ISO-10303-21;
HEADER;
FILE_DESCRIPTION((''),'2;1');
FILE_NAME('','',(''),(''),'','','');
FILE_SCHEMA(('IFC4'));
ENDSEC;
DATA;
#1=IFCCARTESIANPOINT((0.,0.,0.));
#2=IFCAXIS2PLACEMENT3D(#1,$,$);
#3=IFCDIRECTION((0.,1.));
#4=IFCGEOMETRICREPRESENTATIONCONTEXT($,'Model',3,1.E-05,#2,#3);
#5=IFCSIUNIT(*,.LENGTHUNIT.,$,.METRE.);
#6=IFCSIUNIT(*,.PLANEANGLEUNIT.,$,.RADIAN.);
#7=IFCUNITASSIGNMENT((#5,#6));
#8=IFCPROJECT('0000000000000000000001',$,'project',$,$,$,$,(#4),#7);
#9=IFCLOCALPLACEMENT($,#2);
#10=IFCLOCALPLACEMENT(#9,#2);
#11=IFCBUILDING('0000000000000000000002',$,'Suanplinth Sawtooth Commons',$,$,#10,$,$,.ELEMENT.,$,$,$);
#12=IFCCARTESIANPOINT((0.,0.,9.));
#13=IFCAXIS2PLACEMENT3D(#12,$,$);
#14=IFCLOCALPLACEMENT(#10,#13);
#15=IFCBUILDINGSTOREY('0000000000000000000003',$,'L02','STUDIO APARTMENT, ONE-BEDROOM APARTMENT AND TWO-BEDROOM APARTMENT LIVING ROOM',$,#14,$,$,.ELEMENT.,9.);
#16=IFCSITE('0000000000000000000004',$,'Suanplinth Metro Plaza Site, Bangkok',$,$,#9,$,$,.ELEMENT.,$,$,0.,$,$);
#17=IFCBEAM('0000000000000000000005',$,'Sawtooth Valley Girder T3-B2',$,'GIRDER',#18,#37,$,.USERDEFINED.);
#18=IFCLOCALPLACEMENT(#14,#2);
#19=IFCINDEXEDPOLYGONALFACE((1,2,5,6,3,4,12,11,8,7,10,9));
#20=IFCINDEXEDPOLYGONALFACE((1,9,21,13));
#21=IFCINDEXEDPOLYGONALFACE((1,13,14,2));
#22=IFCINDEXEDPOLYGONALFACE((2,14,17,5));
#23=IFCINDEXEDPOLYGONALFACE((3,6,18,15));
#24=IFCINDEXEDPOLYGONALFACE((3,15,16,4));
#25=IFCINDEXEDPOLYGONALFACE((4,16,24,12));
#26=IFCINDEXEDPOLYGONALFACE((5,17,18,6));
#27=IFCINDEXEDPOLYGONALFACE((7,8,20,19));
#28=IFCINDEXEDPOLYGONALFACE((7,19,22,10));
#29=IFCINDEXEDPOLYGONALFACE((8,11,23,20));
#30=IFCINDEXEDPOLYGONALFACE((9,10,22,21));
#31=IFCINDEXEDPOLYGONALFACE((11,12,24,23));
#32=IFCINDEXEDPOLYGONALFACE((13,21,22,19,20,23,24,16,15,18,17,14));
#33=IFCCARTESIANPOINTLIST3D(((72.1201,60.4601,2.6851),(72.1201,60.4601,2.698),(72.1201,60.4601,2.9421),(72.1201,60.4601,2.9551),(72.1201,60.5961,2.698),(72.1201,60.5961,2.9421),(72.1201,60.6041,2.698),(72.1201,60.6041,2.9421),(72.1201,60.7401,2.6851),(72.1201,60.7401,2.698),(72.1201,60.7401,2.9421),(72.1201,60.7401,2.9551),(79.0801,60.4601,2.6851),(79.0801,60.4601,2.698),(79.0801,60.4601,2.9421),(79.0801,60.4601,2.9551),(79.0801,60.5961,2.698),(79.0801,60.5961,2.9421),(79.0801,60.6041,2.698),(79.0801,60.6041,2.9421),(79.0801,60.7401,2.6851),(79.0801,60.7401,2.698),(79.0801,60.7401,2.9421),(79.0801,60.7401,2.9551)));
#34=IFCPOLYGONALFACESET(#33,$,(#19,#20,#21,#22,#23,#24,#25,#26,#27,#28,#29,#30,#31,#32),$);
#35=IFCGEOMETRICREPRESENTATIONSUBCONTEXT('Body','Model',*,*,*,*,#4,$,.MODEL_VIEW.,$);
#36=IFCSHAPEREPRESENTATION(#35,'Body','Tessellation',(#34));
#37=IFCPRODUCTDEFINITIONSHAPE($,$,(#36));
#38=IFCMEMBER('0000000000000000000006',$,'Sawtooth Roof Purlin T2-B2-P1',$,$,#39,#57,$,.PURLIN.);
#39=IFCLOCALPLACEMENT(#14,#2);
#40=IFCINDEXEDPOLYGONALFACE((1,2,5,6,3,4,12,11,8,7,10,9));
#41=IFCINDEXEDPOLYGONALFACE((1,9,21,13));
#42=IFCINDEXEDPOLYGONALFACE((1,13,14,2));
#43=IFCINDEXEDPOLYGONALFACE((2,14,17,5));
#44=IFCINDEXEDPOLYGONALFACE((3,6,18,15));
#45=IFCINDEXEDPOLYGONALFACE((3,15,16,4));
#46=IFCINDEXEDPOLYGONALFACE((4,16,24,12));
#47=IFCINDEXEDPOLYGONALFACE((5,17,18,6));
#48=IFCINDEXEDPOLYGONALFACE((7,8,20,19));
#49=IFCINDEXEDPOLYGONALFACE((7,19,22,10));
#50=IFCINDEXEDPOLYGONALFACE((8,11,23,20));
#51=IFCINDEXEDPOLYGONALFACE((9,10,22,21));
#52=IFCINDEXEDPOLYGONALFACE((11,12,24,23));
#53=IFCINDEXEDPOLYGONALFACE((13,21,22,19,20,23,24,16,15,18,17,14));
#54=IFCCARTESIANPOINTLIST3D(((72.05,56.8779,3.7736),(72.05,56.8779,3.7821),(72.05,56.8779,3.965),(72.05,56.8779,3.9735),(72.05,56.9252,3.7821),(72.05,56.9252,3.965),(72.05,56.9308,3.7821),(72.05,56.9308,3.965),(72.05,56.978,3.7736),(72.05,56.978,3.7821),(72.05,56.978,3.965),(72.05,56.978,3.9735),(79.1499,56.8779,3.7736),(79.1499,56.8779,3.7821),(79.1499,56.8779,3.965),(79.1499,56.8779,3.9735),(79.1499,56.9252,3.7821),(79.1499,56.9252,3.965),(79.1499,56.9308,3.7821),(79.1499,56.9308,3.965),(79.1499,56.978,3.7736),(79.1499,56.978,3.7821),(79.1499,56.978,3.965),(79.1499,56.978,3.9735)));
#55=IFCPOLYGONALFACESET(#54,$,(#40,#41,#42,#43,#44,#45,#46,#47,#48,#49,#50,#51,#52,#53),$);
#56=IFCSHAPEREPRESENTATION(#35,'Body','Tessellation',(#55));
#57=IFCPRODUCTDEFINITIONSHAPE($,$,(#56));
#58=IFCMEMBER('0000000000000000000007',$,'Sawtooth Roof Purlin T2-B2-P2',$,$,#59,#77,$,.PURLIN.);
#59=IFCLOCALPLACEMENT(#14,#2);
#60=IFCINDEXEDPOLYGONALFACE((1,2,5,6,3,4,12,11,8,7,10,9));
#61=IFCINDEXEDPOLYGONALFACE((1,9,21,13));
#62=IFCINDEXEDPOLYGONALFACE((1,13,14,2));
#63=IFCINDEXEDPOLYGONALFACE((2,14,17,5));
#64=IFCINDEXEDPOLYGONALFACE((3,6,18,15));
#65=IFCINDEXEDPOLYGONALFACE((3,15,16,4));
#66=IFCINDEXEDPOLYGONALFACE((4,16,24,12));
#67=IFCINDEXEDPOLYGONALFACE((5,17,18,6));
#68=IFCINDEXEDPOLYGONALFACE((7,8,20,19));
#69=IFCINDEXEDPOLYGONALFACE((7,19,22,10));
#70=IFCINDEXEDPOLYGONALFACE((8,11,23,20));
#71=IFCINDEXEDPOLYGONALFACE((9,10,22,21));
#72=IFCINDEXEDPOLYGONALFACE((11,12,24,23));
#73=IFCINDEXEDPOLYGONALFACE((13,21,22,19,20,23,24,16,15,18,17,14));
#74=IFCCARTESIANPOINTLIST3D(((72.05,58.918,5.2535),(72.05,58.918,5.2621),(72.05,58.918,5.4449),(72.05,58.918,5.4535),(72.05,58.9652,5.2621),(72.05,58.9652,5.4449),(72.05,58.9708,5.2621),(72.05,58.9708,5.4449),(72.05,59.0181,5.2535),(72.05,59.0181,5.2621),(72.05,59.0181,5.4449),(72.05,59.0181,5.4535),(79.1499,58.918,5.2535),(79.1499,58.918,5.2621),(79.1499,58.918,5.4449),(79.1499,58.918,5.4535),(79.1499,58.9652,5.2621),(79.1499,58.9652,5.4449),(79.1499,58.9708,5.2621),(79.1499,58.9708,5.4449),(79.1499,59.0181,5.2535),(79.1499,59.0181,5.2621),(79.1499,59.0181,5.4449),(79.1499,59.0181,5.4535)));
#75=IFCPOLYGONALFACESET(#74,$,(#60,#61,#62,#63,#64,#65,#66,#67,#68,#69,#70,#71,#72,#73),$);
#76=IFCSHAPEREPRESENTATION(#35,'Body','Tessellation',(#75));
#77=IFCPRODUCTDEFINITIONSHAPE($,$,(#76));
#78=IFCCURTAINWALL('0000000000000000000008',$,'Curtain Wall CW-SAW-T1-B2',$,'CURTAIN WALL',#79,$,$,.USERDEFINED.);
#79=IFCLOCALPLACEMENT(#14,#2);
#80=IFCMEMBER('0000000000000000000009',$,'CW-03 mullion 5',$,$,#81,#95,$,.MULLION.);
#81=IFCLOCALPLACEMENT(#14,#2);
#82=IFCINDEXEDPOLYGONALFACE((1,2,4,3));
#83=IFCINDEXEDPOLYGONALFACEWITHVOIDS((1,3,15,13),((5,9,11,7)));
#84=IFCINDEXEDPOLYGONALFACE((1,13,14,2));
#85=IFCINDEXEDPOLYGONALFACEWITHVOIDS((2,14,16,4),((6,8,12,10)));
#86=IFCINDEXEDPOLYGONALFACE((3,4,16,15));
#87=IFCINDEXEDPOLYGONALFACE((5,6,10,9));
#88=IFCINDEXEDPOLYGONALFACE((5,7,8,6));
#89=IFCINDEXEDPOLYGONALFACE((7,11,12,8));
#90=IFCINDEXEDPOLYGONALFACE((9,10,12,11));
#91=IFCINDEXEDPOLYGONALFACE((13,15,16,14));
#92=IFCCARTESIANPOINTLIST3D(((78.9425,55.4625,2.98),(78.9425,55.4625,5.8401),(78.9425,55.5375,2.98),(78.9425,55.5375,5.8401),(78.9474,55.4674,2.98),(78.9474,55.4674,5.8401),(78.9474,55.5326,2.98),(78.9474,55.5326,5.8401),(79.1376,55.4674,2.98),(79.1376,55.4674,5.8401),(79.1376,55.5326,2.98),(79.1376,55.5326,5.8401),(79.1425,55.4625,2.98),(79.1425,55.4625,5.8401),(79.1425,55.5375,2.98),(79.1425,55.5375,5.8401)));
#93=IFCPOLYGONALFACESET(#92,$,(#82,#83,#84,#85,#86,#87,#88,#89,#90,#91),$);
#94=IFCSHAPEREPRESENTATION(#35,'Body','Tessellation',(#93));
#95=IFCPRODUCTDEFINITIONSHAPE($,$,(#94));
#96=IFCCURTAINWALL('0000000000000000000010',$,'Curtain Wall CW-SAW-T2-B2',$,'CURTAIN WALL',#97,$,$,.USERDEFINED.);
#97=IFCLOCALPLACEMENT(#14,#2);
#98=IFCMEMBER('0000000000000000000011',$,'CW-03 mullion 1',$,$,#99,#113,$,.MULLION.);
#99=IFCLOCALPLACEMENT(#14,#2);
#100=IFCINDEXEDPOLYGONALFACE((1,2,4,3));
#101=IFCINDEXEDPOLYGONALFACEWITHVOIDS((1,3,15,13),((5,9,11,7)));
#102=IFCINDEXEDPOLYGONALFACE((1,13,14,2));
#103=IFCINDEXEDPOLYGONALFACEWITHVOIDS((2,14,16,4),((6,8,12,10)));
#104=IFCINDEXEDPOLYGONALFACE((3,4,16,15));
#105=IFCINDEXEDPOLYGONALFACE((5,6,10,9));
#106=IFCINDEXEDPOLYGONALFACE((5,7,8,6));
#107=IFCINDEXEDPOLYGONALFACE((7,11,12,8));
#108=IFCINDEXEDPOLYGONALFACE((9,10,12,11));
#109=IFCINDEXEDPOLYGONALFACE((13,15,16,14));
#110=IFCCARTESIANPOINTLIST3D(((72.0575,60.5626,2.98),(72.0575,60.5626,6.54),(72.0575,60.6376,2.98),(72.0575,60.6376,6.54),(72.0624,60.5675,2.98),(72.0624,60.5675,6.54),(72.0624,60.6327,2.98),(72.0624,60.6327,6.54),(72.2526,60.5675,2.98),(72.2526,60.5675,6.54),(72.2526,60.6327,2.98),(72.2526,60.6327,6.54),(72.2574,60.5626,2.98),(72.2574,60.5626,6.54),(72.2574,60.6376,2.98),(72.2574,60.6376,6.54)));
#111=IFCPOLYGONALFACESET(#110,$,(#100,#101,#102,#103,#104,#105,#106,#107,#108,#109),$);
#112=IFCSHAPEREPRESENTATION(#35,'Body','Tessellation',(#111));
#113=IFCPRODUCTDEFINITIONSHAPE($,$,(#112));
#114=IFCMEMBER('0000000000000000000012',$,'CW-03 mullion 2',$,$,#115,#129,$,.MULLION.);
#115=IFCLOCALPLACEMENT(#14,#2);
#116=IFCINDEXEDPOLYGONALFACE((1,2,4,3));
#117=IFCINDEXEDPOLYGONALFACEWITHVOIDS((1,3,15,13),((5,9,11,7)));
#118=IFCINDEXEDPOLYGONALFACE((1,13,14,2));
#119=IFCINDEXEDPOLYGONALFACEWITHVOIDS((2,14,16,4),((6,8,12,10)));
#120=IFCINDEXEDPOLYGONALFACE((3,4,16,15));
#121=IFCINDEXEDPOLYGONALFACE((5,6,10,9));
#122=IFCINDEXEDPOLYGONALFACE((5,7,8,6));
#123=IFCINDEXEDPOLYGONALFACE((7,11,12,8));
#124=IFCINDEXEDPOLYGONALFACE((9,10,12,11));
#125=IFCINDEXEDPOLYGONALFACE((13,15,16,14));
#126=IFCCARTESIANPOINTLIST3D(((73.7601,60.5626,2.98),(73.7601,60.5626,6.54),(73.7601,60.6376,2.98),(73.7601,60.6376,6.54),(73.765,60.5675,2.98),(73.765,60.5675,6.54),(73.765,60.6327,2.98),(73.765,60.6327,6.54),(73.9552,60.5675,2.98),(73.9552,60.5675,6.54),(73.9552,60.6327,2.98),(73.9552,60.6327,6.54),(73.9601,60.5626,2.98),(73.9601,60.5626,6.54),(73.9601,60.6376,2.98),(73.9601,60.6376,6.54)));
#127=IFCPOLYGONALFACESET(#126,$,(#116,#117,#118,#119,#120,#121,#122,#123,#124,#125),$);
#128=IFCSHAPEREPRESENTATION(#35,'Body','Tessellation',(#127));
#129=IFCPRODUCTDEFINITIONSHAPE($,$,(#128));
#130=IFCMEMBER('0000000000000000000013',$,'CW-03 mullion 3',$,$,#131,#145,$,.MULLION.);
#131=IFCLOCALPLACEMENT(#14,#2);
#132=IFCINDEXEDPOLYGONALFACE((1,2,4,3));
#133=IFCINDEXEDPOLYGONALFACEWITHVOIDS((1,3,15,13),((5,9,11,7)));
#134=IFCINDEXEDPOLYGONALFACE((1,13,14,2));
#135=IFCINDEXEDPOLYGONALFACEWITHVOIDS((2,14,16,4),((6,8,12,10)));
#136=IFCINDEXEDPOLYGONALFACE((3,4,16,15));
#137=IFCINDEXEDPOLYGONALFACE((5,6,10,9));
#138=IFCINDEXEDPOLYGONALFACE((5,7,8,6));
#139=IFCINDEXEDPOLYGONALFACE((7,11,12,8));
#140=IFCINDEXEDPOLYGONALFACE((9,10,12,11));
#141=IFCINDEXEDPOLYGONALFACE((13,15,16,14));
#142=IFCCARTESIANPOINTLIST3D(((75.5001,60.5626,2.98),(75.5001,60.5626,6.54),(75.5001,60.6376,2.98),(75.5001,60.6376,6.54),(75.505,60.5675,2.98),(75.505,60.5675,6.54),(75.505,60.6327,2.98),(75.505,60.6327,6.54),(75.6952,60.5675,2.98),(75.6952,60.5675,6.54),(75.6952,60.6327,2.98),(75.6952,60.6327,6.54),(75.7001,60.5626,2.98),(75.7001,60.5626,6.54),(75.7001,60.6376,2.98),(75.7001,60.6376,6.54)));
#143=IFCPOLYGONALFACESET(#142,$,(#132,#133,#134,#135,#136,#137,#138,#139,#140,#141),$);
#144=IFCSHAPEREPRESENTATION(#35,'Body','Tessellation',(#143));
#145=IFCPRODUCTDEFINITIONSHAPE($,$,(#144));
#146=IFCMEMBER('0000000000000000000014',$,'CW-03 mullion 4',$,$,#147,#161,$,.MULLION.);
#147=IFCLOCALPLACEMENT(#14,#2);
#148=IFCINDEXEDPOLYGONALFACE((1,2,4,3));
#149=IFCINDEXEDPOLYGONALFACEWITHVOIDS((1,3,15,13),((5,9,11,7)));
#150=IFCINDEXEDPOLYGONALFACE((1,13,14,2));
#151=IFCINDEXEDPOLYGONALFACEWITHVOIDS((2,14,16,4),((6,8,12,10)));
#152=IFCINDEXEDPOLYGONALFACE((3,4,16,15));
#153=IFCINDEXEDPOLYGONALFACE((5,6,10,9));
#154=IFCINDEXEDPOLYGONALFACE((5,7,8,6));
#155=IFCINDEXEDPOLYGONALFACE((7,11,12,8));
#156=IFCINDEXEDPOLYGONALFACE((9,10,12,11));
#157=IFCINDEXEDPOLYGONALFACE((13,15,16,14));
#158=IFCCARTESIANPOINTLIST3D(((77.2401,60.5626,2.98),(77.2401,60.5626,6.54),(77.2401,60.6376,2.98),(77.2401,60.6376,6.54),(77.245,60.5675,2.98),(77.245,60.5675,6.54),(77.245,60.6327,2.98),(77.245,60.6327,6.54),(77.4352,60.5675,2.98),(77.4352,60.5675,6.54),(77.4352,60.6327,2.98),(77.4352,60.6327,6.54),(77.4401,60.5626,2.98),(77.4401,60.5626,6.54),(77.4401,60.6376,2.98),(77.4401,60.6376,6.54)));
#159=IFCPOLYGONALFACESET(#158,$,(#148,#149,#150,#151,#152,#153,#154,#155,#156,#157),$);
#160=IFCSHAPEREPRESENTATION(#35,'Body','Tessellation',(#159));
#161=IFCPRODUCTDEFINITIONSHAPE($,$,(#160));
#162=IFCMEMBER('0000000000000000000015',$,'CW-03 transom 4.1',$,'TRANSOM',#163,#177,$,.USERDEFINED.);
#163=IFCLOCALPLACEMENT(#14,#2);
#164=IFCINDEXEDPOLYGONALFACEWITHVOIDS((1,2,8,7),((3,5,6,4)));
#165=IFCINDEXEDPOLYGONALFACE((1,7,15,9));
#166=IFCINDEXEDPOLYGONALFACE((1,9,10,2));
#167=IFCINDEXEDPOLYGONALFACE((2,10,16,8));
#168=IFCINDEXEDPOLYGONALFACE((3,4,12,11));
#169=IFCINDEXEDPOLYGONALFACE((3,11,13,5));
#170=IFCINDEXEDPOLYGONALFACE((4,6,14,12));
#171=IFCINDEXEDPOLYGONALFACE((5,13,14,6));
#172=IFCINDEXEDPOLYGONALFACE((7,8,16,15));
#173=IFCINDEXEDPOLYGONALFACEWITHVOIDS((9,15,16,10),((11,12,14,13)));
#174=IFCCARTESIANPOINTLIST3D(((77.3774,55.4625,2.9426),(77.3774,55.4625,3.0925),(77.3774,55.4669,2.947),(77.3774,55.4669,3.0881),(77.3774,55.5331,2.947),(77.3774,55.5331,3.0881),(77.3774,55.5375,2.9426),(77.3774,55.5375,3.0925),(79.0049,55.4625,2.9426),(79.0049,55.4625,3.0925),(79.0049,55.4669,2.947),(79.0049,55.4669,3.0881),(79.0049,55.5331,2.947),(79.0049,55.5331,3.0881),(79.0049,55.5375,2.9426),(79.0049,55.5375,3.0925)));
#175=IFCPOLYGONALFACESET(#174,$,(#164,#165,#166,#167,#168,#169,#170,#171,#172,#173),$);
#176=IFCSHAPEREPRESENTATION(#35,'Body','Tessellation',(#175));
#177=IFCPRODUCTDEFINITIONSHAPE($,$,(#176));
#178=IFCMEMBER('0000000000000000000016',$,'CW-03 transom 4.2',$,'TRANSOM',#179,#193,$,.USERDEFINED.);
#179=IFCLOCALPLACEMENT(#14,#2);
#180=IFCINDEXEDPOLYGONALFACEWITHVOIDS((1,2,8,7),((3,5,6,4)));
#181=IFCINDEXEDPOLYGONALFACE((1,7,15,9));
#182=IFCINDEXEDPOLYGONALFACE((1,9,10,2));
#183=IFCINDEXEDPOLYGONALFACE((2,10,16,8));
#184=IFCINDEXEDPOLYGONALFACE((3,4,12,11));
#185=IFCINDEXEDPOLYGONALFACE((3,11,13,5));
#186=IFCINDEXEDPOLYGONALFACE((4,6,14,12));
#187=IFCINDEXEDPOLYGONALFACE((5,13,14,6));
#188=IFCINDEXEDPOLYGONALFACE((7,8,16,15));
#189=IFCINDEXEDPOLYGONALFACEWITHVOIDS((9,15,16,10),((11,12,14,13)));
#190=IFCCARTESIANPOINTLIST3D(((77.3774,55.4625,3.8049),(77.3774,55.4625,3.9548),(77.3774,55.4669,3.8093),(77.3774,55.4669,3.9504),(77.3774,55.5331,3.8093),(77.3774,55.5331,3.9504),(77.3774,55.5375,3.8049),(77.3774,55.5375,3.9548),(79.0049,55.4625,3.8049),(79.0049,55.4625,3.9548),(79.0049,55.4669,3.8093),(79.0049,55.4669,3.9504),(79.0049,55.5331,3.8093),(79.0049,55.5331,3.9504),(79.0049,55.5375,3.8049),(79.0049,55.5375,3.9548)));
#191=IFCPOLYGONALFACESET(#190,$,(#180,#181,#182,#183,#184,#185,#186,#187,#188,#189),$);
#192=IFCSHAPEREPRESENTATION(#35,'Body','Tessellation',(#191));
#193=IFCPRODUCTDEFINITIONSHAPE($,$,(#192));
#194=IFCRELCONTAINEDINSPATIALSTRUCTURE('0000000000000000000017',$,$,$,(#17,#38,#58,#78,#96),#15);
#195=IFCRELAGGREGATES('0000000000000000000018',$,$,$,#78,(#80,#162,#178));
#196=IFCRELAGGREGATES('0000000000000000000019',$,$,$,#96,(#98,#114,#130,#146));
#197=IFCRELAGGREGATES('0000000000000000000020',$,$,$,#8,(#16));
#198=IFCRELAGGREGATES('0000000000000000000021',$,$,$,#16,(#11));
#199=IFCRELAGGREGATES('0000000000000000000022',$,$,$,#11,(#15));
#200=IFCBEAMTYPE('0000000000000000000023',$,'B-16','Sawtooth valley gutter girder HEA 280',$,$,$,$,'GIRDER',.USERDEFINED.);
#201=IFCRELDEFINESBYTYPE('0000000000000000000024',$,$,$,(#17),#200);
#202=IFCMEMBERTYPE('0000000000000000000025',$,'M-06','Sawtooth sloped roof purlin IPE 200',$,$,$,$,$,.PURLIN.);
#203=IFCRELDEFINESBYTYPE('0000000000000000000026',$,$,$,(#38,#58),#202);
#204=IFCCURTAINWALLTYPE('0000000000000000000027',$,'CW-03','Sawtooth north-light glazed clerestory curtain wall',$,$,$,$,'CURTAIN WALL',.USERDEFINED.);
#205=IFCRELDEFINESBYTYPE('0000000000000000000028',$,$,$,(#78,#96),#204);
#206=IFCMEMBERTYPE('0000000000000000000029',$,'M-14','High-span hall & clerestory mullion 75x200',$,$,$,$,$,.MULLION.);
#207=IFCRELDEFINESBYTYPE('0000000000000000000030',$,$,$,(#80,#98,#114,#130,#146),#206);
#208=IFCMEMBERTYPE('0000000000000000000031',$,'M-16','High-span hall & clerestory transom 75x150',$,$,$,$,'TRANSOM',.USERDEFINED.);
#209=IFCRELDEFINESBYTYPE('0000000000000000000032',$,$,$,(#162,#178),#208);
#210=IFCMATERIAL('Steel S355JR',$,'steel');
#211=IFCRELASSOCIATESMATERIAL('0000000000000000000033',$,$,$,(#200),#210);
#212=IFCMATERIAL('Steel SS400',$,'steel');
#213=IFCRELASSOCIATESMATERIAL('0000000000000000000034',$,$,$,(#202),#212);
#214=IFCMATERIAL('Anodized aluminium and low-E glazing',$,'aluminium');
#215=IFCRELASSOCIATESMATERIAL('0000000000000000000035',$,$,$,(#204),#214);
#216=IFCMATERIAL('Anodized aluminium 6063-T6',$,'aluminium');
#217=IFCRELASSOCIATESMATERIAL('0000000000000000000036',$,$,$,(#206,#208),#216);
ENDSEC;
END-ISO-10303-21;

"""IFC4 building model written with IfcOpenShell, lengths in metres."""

from ifc_helpers import new_model, si_unit, direction, frame, origin, origin_2d, place, context, subcontext, project, spatial, hollow_rectangle, i_section, extrude, material, material_profile, profile_set, type_object, element, aggregate, save


model = new_model("IFC4")

# Units and contexts
model_context = context("Model", 3, precision=1e-05, world=origin(), true_north=direction((0.0, 1.0)))
body_context = subcontext(model_context, "Body", "Model", "MODEL_VIEW")
ifc_project = project(units=[si_unit("LENGTHUNIT", "METRE"), si_unit("PLANEANGLEUNIT", "RADIAN")], contexts=[model_context])

# Site, building, storey
site_placement = place(None, origin())
site = spatial("IfcSite", under=ifc_project, at=site_placement, Name="Suanplinth Metro Plaza Site, Bangkok", CompositionType="ELEMENT", RefElevation=0.0)
building_placement = place(site_placement, origin())
building = spatial("IfcBuilding", under=site, at=building_placement, Name="Suanplinth Sawtooth Commons", CompositionType="ELEMENT")
storey_placement = place(building_placement, frame((0.0, 0.0, 9.0)))
storey = spatial("IfcBuildingStorey", under=building, at=storey_placement, Name="L02", Description="STUDIO APARTMENT, ONE-BEDROOM APARTMENT AND TWO-BEDROOM APARTMENT LIVING ROOM", CompositionType="ELEMENT", Elevation=9.0)

# Beam
ifc_material_1 = material(Name="Steel S355JR", Category="steel")
ifc_material_profile_1 = material_profile(ifc_material_1, i_section(OverallWidth=0.28, OverallDepth=0.27, WebThickness=0.0081, FlangeThickness=0.0129, at=origin_2d()), Name="HEA 280")
ifc_profile_set_1 = profile_set([ifc_material_profile_1], Name="Steel S355JR")
beam_type = type_object("IfcBeamType", Name="B-16", Description="Sawtooth valley gutter girder HEA 280", ElementType="GIRDER", PredefinedType="USERDEFINED", material=ifc_profile_set_1)
beam_placement = place(storey_placement, frame((72.1201, 60.6001, 2.8201), z_axis=(1.0, 0.0, 0.0), x_axis=(0.0, 1.0, 0.0)))
element("IfcBeam", 1, at=beam_placement, inside=storey, type_object=beam_type, Name="Sawtooth Valley Girder T3-B2", ObjectType="GIRDER", PredefinedType="USERDEFINED", context=body_context, shape_type="SweptSolid", body=[
    extrude(i_section(OverallWidth=0.28, OverallDepth=0.27, WebThickness=0.0081, FlangeThickness=0.0129, at=origin_2d()), origin(), (0.0, 0.0, 1.0), 6.96),
])

# Members
ifc_material_2 = material(Name="Steel SS400", Category="steel")
ifc_material_profile_2 = material_profile(ifc_material_2, i_section(OverallWidth=0.1001, OverallDepth=0.2, WebThickness=0.0056, FlangeThickness=0.0085, at=origin_2d()), Name="IPE 200")
ifc_profile_set_2 = profile_set([ifc_material_profile_2], Name="Steel SS400")
member_type_1 = type_object("IfcMemberType", Name="M-06", Description="Sawtooth sloped roof purlin IPE 200", PredefinedType="PURLIN", material=ifc_profile_set_2)
for number, where, z_axis, x_axis, name in (
    (2, (72.05, 56.928, 3.8735), (1.0, 0.0, 0.0), (0.0, 1.0, 0.0), "Sawtooth Roof Purlin T2-B2-P1"),
    (3, (72.05, 58.968, 5.3535), (1.0, 0.0, 0.0), (0.0, 1.0, 0.0), "Sawtooth Roof Purlin T2-B2-P2"),
):
    element("IfcMember", number, at=place(storey_placement, frame(where, z_axis=z_axis, x_axis=x_axis)), inside=storey, type_object=member_type_1, Name=name, PredefinedType="PURLIN", context=body_context, shape_type="SweptSolid", body=[
        extrude(i_section(OverallWidth=0.1001, OverallDepth=0.2, WebThickness=0.0056, FlangeThickness=0.0085, at=origin_2d()), origin(), (0.0, 0.0, 1.0), 7.0999),
    ])

# Curtain wall, member
ifc_material_3 = material(Name="Anodized aluminium and low-E glazing", Category="aluminium")
curtain_wall_type = type_object("IfcCurtainWallType", Name="CW-03", Description="Sawtooth north-light glazed clerestory curtain wall", ElementType="CURTAIN WALL", PredefinedType="USERDEFINED", material=ifc_material_3)
curtain_wall_1_placement = place(storey_placement, origin())
curtain_wall_1 = element("IfcCurtainWall", 4, at=curtain_wall_1_placement, inside=storey, type_object=curtain_wall_type, Name="Curtain Wall CW-SAW-T1-B2", ObjectType="CURTAIN WALL", PredefinedType="USERDEFINED")
ifc_material_4 = material(Name="Anodized aluminium 6063-T6", Category="aluminium")
ifc_material_profile_3 = material_profile(ifc_material_4, hollow_rectangle(XDim=0.075, YDim=0.2, WallThickness=0.0049, at=origin_2d()), Name="ALU-MUL 75x200")
ifc_profile_set_3 = profile_set([ifc_material_profile_3], Name="Anodized aluminium 6063-T6")
member_type_2 = type_object("IfcMemberType", Name="M-14", Description="High-span hall & clerestory mullion 75x200", PredefinedType="MULLION", material=ifc_profile_set_3)
member_1_placement = place(storey_placement, frame((79.0425, 55.5, 2.98), z_axis=(0.0, 0.0, 1.0), x_axis=(0.0, 1.0, 0.0)))
member_1 = element("IfcMember", 5, at=member_1_placement, type_object=member_type_2, Name="CW-03 mullion 5", PredefinedType="MULLION", context=body_context, shape_type="SweptSolid", body=[
    extrude(hollow_rectangle(XDim=0.075, YDim=0.2, WallThickness=0.0049, at=origin_2d()), origin(), (0.0, 0.0, 1.0), 2.8601),
])

# Curtain wall, members
curtain_wall_2_placement = place(storey_placement, origin())
curtain_wall_2 = element("IfcCurtainWall", 6, at=curtain_wall_2_placement, inside=storey, type_object=curtain_wall_type, Name="Curtain Wall CW-SAW-T2-B2", ObjectType="CURTAIN WALL", PredefinedType="USERDEFINED")
member_2_placement = place(storey_placement, frame((72.1575, 60.6001, 2.98), z_axis=(0.0, 0.0, 1.0), x_axis=(0.0, 1.0, 0.0)))
member_2 = element("IfcMember", 7, at=member_2_placement, type_object=member_type_2, Name="CW-03 mullion 1", PredefinedType="MULLION", context=body_context, shape_type="SweptSolid", body=[
    extrude(hollow_rectangle(XDim=0.075, YDim=0.2, WallThickness=0.0049, at=origin_2d()), origin(), (0.0, 0.0, 1.0), 3.5601),
])
member_3_placement = place(storey_placement, frame((73.8601, 60.6001, 2.98), z_axis=(0.0, 0.0, 1.0), x_axis=(0.0, 1.0, 0.0)))
member_3 = element("IfcMember", 8, at=member_3_placement, type_object=member_type_2, Name="CW-03 mullion 2", PredefinedType="MULLION", context=body_context, shape_type="SweptSolid", body=[
    extrude(hollow_rectangle(XDim=0.075, YDim=0.2, WallThickness=0.0049, at=origin_2d()), origin(), (0.0, 0.0, 1.0), 3.5601),
])
member_4_placement = place(storey_placement, frame((75.6001, 60.6001, 2.98), z_axis=(0.0, 0.0, 1.0), x_axis=(0.0, 1.0, 0.0)))
member_4 = element("IfcMember", 9, at=member_4_placement, type_object=member_type_2, Name="CW-03 mullion 3", PredefinedType="MULLION", context=body_context, shape_type="SweptSolid", body=[
    extrude(hollow_rectangle(XDim=0.075, YDim=0.2, WallThickness=0.0049, at=origin_2d()), origin(), (0.0, 0.0, 1.0), 3.5601),
])
member_5_placement = place(storey_placement, frame((77.3401, 60.6001, 2.98), z_axis=(0.0, 0.0, 1.0), x_axis=(0.0, 1.0, 0.0)))
member_5 = element("IfcMember", 10, at=member_5_placement, type_object=member_type_2, Name="CW-03 mullion 4", PredefinedType="MULLION", context=body_context, shape_type="SweptSolid", body=[
    extrude(hollow_rectangle(XDim=0.075, YDim=0.2, WallThickness=0.0049, at=origin_2d()), origin(), (0.0, 0.0, 1.0), 3.5601),
])

# Members
ifc_material_profile_4 = material_profile(ifc_material_4, hollow_rectangle(XDim=0.075, YDim=0.1499, WallThickness=0.0044, at=origin_2d()), Name="ALU-TRN 75x150")
ifc_profile_set_4 = profile_set([ifc_material_profile_4], Name="Anodized aluminium 6063-T6")
member_type_3 = type_object("IfcMemberType", Name="M-16", Description="High-span hall & clerestory transom 75x150", ElementType="TRANSOM", PredefinedType="USERDEFINED", material=ifc_profile_set_4)
member_6_placement = place(storey_placement, frame((77.3774, 55.5, 3.0176), z_axis=(1.0, 0.0, 0.0), x_axis=(0.0, 1.0, 0.0)))
member_6 = element("IfcMember", 11, at=member_6_placement, type_object=member_type_3, Name="CW-03 transom 4.1", ObjectType="TRANSOM", PredefinedType="USERDEFINED", context=body_context, shape_type="SweptSolid", body=[
    extrude(hollow_rectangle(XDim=0.075, YDim=0.1499, WallThickness=0.0044, at=origin_2d()), origin(), (0.0, 0.0, 1.0), 1.6274),
])
member_7_placement = place(storey_placement, frame((77.3774, 55.5, 3.8799), z_axis=(1.0, 0.0, 0.0), x_axis=(0.0, 1.0, 0.0)))
member_7 = element("IfcMember", 12, at=member_7_placement, type_object=member_type_3, Name="CW-03 transom 4.2", ObjectType="TRANSOM", PredefinedType="USERDEFINED", context=body_context, shape_type="SweptSolid", body=[
    extrude(hollow_rectangle(XDim=0.075, YDim=0.1499, WallThickness=0.0044, at=origin_2d()), origin(), (0.0, 0.0, 1.0), 1.6274),
])

aggregate(curtain_wall_1, [member_1, member_6, member_7])
aggregate(curtain_wall_2, [member_2, member_3, member_4, member_5])

save(model, "model.ifc")
